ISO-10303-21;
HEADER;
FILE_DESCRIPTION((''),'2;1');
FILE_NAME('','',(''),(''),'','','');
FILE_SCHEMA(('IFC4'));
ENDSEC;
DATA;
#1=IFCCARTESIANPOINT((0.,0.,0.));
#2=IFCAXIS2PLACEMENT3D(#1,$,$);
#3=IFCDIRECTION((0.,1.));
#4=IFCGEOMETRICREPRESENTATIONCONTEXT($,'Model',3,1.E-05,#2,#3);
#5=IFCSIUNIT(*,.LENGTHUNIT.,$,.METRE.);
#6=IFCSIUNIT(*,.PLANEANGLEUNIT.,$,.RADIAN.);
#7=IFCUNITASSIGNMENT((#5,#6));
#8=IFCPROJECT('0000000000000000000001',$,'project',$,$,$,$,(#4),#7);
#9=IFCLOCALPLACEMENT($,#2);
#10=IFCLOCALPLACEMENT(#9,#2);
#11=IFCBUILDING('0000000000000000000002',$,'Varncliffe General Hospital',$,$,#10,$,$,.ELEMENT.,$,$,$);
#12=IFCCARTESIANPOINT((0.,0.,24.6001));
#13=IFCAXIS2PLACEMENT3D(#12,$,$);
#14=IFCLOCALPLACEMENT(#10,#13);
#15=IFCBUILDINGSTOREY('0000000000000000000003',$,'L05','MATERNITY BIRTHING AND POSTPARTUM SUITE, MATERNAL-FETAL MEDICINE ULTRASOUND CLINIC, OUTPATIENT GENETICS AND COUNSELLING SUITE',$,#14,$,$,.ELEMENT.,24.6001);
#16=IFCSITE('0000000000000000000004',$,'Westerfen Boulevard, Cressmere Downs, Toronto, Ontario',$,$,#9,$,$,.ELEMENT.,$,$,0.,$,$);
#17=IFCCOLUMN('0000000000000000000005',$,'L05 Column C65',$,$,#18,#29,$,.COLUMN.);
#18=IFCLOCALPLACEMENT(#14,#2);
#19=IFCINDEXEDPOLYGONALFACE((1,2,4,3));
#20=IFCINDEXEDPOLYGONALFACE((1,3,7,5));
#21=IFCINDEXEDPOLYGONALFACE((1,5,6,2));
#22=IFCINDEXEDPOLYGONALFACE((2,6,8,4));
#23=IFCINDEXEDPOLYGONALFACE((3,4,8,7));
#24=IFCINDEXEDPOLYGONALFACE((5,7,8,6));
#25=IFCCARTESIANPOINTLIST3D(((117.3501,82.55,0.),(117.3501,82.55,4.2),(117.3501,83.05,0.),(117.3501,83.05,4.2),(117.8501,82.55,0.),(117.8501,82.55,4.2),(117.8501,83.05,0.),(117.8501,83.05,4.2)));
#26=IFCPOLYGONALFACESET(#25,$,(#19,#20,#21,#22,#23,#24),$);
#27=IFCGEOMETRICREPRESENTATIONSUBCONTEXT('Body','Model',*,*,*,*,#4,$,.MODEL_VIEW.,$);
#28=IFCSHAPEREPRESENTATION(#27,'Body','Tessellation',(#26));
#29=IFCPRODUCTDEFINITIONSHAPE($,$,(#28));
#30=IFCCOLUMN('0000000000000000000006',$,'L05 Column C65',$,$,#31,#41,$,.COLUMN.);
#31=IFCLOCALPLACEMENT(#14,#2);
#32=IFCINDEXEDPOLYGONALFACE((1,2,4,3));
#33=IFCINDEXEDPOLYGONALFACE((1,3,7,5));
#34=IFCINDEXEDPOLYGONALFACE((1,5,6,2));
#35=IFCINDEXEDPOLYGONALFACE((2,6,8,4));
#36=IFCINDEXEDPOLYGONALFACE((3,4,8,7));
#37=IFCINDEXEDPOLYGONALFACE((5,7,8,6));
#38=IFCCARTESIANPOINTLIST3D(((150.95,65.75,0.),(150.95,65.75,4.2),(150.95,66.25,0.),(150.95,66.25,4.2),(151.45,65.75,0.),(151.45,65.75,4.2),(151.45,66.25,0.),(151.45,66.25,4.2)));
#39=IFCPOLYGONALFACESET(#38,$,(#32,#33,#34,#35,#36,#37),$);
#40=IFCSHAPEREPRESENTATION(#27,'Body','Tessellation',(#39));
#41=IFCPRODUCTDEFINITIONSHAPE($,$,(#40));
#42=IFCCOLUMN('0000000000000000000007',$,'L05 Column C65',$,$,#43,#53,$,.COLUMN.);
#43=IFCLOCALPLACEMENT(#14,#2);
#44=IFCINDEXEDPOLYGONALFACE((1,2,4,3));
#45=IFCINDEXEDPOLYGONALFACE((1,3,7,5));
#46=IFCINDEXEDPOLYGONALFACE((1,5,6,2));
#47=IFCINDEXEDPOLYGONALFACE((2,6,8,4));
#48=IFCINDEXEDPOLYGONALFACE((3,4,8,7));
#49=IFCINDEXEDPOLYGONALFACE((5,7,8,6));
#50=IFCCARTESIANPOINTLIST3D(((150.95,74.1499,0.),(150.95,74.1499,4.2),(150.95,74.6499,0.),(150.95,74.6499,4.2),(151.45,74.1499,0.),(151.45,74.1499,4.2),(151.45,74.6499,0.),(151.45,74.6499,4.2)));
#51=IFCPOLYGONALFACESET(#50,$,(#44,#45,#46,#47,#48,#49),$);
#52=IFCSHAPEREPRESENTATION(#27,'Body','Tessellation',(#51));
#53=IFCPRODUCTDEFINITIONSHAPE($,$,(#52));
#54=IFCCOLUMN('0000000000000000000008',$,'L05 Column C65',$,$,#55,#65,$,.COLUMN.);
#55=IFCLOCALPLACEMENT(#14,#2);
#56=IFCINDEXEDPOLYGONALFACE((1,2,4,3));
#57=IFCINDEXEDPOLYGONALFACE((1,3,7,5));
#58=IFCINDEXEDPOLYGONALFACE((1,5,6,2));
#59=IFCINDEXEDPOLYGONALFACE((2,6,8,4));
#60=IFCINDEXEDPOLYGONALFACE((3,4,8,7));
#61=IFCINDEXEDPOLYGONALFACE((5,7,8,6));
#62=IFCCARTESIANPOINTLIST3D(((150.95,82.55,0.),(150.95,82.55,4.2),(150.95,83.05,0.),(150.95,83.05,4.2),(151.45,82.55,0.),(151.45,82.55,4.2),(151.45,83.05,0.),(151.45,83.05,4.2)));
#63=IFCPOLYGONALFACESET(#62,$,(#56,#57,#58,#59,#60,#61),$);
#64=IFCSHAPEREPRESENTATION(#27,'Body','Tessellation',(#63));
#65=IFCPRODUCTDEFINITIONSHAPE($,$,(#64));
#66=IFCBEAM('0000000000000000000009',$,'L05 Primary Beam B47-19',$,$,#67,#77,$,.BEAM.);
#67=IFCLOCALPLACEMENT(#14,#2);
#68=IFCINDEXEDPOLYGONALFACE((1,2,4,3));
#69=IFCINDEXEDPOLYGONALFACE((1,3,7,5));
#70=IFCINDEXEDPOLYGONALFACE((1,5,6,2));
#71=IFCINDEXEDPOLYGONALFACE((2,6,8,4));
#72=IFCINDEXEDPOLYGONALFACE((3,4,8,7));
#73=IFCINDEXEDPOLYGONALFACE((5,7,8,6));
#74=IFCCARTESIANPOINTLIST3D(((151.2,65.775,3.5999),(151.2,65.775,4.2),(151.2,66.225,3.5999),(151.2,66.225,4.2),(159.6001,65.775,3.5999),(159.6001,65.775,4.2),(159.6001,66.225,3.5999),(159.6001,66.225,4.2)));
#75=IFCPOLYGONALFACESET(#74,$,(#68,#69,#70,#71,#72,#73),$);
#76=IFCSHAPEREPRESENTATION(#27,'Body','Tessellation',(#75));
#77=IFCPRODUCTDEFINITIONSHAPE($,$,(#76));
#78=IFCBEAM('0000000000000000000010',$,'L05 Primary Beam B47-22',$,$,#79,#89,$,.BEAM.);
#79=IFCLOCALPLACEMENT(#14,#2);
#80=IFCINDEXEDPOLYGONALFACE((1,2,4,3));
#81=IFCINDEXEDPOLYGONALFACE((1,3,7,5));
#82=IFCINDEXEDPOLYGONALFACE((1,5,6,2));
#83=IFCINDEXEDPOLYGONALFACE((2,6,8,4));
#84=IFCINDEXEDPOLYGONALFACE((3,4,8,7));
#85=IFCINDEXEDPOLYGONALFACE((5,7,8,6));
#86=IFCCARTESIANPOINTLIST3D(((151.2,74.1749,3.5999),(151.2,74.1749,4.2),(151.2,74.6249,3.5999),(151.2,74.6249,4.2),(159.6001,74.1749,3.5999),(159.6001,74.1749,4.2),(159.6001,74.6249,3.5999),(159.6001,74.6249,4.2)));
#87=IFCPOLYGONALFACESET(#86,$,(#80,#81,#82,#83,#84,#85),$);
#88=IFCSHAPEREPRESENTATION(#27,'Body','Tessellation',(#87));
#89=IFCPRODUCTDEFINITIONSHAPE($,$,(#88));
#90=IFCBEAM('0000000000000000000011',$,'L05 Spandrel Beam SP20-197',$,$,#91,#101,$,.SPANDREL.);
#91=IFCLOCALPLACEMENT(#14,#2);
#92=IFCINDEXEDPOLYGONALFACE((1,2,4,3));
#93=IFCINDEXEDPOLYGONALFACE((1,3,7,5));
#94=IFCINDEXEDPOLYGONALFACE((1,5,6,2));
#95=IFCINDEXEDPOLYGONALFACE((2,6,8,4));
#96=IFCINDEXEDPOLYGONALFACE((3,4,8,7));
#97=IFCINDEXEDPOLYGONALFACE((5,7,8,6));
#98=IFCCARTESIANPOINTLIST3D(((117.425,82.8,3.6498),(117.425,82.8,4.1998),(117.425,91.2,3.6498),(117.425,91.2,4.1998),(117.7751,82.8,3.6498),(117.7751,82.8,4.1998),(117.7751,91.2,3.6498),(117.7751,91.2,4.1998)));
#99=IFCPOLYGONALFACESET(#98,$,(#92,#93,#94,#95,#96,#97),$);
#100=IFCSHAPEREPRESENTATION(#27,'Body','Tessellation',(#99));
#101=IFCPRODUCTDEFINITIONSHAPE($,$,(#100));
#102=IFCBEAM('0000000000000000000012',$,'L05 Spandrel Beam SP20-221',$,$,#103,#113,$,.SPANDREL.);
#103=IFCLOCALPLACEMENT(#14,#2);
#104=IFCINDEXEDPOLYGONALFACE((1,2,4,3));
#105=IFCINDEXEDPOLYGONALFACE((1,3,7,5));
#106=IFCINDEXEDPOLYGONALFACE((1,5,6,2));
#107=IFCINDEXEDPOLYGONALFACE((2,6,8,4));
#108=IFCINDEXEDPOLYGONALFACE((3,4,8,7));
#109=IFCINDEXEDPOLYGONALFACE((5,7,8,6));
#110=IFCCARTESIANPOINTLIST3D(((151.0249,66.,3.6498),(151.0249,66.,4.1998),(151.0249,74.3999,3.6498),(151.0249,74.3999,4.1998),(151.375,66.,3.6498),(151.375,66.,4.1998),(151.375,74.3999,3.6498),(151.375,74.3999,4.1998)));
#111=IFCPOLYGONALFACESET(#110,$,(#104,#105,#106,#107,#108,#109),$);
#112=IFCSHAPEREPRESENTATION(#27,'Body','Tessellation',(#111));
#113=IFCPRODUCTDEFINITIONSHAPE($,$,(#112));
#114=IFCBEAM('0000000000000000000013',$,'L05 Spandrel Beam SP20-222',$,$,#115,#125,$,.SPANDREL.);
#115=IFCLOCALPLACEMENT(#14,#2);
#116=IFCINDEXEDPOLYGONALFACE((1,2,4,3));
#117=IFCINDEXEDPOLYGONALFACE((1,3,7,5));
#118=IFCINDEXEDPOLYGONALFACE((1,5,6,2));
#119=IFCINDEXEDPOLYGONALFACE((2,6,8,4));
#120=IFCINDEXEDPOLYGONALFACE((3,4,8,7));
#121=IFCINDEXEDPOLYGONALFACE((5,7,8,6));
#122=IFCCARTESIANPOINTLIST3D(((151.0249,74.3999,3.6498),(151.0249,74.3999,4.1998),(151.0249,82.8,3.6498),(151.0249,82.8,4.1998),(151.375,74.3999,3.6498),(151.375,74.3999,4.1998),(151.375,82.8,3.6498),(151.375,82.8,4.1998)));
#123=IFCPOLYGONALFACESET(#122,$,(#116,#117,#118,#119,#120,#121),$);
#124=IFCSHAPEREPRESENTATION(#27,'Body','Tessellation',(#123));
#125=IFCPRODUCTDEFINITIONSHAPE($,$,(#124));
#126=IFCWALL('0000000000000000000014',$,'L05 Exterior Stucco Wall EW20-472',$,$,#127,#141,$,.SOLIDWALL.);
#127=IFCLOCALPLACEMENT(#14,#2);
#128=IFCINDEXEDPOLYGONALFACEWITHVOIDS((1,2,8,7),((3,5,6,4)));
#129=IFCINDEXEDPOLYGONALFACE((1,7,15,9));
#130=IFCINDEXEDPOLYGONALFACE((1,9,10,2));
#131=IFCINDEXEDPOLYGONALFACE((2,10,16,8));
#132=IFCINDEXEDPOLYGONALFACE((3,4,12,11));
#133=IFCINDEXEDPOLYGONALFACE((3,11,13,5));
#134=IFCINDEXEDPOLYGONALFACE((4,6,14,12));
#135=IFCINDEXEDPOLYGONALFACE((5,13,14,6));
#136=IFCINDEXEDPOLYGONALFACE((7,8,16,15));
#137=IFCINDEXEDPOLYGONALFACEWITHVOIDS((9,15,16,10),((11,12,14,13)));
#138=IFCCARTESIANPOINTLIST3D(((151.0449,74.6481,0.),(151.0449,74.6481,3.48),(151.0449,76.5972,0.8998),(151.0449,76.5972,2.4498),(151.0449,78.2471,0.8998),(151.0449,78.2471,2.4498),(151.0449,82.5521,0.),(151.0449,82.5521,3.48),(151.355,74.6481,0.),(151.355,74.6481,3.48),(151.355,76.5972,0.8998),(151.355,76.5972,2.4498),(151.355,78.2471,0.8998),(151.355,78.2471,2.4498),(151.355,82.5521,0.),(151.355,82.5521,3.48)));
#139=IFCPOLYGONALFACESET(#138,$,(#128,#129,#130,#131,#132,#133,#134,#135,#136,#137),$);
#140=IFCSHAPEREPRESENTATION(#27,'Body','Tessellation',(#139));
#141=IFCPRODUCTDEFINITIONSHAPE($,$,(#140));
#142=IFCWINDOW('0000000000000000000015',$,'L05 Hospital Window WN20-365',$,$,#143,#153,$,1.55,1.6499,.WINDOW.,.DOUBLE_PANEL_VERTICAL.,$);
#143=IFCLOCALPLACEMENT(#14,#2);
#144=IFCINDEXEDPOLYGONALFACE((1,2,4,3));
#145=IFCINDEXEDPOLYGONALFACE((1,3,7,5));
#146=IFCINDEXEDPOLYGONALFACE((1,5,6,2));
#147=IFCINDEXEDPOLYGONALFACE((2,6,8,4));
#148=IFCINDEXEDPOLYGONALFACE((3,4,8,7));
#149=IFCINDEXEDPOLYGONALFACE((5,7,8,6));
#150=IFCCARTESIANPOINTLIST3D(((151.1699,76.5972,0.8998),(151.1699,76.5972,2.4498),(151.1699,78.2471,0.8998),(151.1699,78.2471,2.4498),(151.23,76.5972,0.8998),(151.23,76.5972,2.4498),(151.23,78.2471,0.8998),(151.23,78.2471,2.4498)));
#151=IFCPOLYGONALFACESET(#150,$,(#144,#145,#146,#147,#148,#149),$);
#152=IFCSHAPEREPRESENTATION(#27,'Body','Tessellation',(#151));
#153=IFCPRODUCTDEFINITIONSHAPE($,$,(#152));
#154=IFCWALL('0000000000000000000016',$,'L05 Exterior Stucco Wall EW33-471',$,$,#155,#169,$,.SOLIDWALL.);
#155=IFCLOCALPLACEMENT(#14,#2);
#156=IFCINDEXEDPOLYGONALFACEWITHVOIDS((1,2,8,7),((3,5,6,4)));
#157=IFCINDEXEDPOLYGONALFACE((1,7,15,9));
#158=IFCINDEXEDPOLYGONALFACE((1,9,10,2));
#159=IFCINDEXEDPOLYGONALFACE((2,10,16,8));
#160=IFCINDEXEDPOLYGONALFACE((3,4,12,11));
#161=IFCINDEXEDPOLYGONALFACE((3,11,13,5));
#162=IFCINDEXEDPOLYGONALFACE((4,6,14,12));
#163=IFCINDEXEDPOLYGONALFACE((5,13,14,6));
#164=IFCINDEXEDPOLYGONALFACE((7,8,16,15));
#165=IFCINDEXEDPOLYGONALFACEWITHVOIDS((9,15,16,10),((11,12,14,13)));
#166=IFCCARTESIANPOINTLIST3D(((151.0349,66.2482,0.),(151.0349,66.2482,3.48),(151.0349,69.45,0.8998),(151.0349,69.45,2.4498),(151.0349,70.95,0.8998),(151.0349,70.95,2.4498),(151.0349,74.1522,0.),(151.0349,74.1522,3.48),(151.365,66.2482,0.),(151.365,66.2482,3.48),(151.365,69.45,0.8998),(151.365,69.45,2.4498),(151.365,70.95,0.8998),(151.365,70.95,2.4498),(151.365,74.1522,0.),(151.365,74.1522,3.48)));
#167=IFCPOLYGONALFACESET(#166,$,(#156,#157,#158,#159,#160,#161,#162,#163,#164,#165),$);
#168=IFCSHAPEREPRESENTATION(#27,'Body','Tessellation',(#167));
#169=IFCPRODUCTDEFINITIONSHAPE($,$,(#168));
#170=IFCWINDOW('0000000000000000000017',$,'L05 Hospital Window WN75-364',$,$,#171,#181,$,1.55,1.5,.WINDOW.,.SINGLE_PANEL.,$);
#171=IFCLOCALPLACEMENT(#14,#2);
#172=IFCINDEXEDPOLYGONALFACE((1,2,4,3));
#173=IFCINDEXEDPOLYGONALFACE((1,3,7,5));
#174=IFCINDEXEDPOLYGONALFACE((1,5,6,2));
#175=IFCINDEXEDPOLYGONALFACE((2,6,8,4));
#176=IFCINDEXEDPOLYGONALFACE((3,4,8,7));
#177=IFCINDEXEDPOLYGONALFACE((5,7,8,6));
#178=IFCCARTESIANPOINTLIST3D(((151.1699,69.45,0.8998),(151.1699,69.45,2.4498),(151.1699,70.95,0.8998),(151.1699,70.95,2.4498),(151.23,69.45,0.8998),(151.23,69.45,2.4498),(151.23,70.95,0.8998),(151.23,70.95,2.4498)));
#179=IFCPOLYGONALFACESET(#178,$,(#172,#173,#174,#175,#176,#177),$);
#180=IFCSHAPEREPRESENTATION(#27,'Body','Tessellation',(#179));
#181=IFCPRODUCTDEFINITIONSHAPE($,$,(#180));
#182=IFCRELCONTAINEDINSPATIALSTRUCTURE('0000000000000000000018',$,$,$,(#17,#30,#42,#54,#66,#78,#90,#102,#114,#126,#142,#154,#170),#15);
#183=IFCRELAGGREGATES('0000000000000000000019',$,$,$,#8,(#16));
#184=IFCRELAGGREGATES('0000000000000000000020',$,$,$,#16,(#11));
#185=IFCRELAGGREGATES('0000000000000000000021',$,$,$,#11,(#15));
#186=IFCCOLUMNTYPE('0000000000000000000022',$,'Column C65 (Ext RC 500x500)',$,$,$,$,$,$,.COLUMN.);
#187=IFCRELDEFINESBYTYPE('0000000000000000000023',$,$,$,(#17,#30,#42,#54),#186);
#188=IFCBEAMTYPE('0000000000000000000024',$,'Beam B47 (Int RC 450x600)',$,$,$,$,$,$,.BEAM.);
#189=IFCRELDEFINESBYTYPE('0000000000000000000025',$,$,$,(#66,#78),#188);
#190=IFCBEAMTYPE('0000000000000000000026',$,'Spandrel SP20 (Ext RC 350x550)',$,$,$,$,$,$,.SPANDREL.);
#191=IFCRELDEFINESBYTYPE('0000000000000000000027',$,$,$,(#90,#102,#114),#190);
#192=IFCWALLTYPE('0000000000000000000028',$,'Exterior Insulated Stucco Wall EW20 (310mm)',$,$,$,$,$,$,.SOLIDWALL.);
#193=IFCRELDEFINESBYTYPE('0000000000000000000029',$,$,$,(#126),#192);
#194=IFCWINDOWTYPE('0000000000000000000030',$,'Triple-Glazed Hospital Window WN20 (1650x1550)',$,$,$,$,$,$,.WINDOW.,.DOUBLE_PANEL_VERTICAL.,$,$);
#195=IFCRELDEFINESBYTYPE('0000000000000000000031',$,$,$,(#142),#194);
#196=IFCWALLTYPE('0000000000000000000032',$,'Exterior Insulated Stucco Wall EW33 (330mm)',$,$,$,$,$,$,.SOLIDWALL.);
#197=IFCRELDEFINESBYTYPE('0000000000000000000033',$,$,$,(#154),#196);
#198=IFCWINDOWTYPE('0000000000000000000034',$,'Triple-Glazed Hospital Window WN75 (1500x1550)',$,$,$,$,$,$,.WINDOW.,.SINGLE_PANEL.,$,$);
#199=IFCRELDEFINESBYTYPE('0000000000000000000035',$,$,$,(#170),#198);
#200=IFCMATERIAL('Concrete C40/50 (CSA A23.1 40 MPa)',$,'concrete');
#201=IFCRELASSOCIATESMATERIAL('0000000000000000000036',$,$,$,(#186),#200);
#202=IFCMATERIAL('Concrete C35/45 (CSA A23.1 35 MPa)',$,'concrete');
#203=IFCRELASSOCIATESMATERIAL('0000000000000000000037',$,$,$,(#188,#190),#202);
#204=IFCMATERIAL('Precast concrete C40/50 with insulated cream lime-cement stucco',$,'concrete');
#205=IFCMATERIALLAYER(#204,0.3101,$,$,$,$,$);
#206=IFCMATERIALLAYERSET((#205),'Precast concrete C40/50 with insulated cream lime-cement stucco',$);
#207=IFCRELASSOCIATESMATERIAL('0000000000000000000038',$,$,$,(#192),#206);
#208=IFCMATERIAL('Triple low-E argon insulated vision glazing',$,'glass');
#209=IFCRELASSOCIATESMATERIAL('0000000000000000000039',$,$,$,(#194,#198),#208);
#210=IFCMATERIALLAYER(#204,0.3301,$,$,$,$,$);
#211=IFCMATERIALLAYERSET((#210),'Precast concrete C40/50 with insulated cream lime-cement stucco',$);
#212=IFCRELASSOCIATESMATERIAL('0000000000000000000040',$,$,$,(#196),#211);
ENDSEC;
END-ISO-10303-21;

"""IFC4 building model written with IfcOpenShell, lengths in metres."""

from ifc_helpers import new_model, si_unit, direction, frame, frame_2d, origin, origin_2d, place, context, subcontext, project, spatial, rectangle, extrude, material, layer, layer_set, material_profile, profile_set, type_object, element, fill, save


model = new_model("IFC4")

# Units and contexts
model_context = context("Model", 3, precision=1e-05, world=origin(), true_north=direction((0.0, 1.0)))
body_context = subcontext(model_context, "Body", "Model", "MODEL_VIEW")
ifc_project = project(units=[si_unit("LENGTHUNIT", "METRE"), si_unit("PLANEANGLEUNIT", "RADIAN")], contexts=[model_context])

# Site, building, storey
site_placement = place(None, origin())
site = spatial("IfcSite", under=ifc_project, at=site_placement, Name="Westerfen Boulevard, Cressmere Downs, Toronto, Ontario", CompositionType="ELEMENT", RefElevation=0.0)
building_placement = place(site_placement, origin())
building = spatial("IfcBuilding", under=site, at=building_placement, Name="Varncliffe General Hospital", CompositionType="ELEMENT")
storey_placement = place(building_placement, frame((0.0, 0.0, 24.6001)))
storey = spatial("IfcBuildingStorey", under=building, at=storey_placement, Name="L05", Description="MATERNITY BIRTHING AND POSTPARTUM SUITE, MATERNAL-FETAL MEDICINE ULTRASOUND CLINIC, OUTPATIENT GENETICS AND COUNSELLING SUITE", CompositionType="ELEMENT", Elevation=24.6001)

# Columns
ifc_material_1 = material(Name="Concrete C40/50 (CSA A23.1 40 MPa)", Category="concrete")
ifc_material_profile_1 = material_profile(ifc_material_1, rectangle(XDim=0.5, YDim=0.5, at=origin_2d()), Name="RC 500x500")
ifc_profile_set_1 = profile_set([ifc_material_profile_1], Name="Concrete C40/50 (CSA A23.1 40 MPa)")
column_type = type_object("IfcColumnType", Name="Column C65 (Ext RC 500x500)", PredefinedType="COLUMN", material=ifc_profile_set_1)
for number, where, z_axis, x_axis, name in (
    (1, (117.6001, 82.8, 0.0), (0.0, 0.0, 1.0), (1.0, 0.0, 0.0), "L05 Column C65"),
    (2, (151.2, 66.0, 0.0), (0.0, 0.0, 1.0), (1.0, 0.0, 0.0), "L05 Column C65"),
    (3, (151.2, 74.3999, 0.0), (0.0, 0.0, 1.0), (1.0, 0.0, 0.0), "L05 Column C65"),
    (4, (151.2, 82.8, 0.0), (0.0, 0.0, 1.0), (1.0, 0.0, 0.0), "L05 Column C65"),
):
    element("IfcColumn", number, at=place(storey_placement, frame(where, z_axis=z_axis, x_axis=x_axis)), inside=storey, type_object=column_type, Name=name, PredefinedType="COLUMN", context=body_context, shape_type="SweptSolid", body=[
        extrude(rectangle(XDim=0.5, YDim=0.5, at=origin_2d()), origin(), (0.0, 0.0, 1.0), 4.2),
    ])

# Beams
ifc_material_2 = material(Name="Concrete C35/45 (CSA A23.1 35 MPa)", Category="concrete")
ifc_material_profile_2 = material_profile(ifc_material_2, rectangle(XDim=0.45, YDim=0.6001, at=origin_2d()), Name="RC 450x600")
ifc_profile_set_2 = profile_set([ifc_material_profile_2], Name="Concrete C35/45 (CSA A23.1 35 MPa)")
beam_type_1 = type_object("IfcBeamType", Name="Beam B47 (Int RC 450x600)", PredefinedType="BEAM", material=ifc_profile_set_2)
for number, where, z_axis, x_axis, name in (
    (5, (151.2, 66.0, 3.8999), (1.0, 0.0, 0.0), (0.0, 1.0, 0.0), "L05 Primary Beam B47-19"),
    (6, (151.2, 74.3999, 3.8999), (1.0, 0.0, 0.0), (0.0, 1.0, 0.0), "L05 Primary Beam B47-22"),
):
    element("IfcBeam", number, at=place(storey_placement, frame(where, z_axis=z_axis, x_axis=x_axis)), inside=storey, type_object=beam_type_1, Name=name, PredefinedType="BEAM", context=body_context, shape_type="SweptSolid", body=[
        extrude(rectangle(XDim=0.45, YDim=0.6001, at=origin_2d()), origin(), (0.0, 0.0, 1.0), 8.4001),
    ])
ifc_material_profile_3 = material_profile(ifc_material_2, rectangle(XDim=0.3501, YDim=0.55, at=origin_2d()), Name="RC 350x550")
ifc_profile_set_3 = profile_set([ifc_material_profile_3], Name="Concrete C35/45 (CSA A23.1 35 MPa)")
beam_type_2 = type_object("IfcBeamType", Name="Spandrel SP20 (Ext RC 350x550)", PredefinedType="SPANDREL", material=ifc_profile_set_3)
for number, where, z_axis, x_axis, name in (
    (7, (117.6001, 82.8, 3.9248), (0.0, 1.0, 0.0), (-1.0, 0.0, 0.0), "L05 Spandrel Beam SP20-197"),
    (8, (151.2, 66.0, 3.9248), (0.0, 1.0, 0.0), (-1.0, 0.0, 0.0), "L05 Spandrel Beam SP20-221"),
):
    element("IfcBeam", number, at=place(storey_placement, frame(where, z_axis=z_axis, x_axis=x_axis)), inside=storey, type_object=beam_type_2, Name=name, PredefinedType="SPANDREL", context=body_context, shape_type="SweptSolid", body=[
        extrude(rectangle(XDim=0.3501, YDim=0.55, at=origin_2d()), origin(), (0.0, 0.0, 1.0), 8.3999),
    ])
beam_placement = place(storey_placement, frame((151.2, 74.3999, 3.9248), z_axis=(0.0, 1.0, 0.0), x_axis=(-1.0, 0.0, 0.0)))
element("IfcBeam", 9, at=beam_placement, inside=storey, type_object=beam_type_2, Name="L05 Spandrel Beam SP20-222", PredefinedType="SPANDREL", context=body_context, shape_type="SweptSolid", body=[
    extrude(rectangle(XDim=0.3501, YDim=0.55, at=origin_2d()), origin(), (0.0, 0.0, 1.0), 8.4001),
])

# Walls, openings, windows
ifc_material_3 = material(Name="Precast concrete C40/50 with insulated cream lime-cement stucco", Category="concrete")
ifc_layer_1 = layer(ifc_material_3, 0.3101)
ifc_layer_set_1 = layer_set([ifc_layer_1], Name="Precast concrete C40/50 with insulated cream lime-cement stucco")
wall_type_1 = type_object("IfcWallType", Name="Exterior Insulated Stucco Wall EW20 (310mm)", PredefinedType="SOLIDWALL", material=ifc_layer_set_1)
wall_1_placement = place(storey_placement, frame((151.2, 74.6479, 0.0), z_axis=(0.0, 0.0, 1.0), x_axis=(0.0, 1.0, 0.0)))
wall_1 = element("IfcWall", 10, at=wall_1_placement, inside=storey, type_object=wall_type_1, Name="L05 Exterior Stucco Wall EW20-472", PredefinedType="SOLIDWALL", context=body_context, shape_type="SweptSolid", body=[
    extrude(rectangle(XDim=7.9041, YDim=0.3101, at=frame_2d((3.9521, 0.0))), origin(), (0.0, 0.0, 1.0), 3.48),
])
opening_1_placement = place(wall_1_placement, frame((1.9492, 0.0, 0.8999)))
opening_1 = element("IfcOpeningElement", 11, at=opening_1_placement, cuts=wall_1, PredefinedType="OPENING", context=body_context, shape_type="SweptSolid", body=[
    extrude(rectangle(XDim=1.6499, YDim=1.55, at=frame_2d((0.825, 0.7749))), frame((0.0, 0.165, 0.0), z_axis=(0.0, -1.0, 0.0), x_axis=(1.0, 0.0, 0.0)), (0.0, 0.0, 1.0), 0.3301),
])
ifc_material_4 = material(Name="Triple low-E argon insulated vision glazing", Category="glass")
window_type_1 = type_object("IfcWindowType", Name="Triple-Glazed Hospital Window WN20 (1650x1550)", PartitioningType="DOUBLE_PANEL_VERTICAL", PredefinedType="WINDOW", material=ifc_material_4)
window_1_placement = place(opening_1_placement, origin())
window_1 = element("IfcWindow", 12, at=window_1_placement, inside=storey, type_object=window_type_1, Name="L05 Hospital Window WN20-365", OverallHeight=1.55, OverallWidth=1.6499, PartitioningType="DOUBLE_PANEL_VERTICAL", PredefinedType="WINDOW", context=body_context, shape_type="SweptSolid", body=[
    extrude(rectangle(XDim=1.6499, YDim=1.55, at=frame_2d((0.825, 0.7749))), frame((0.0, 0.03, 0.0), z_axis=(0.0, -1.0, 0.0), x_axis=(1.0, 0.0, 0.0)), (0.0, 0.0, 1.0), 0.0601),
])
fill(opening_1, window_1)
ifc_layer_2 = layer(ifc_material_3, 0.3301)
ifc_layer_set_2 = layer_set([ifc_layer_2], Name="Precast concrete C40/50 with insulated cream lime-cement stucco")
wall_type_2 = type_object("IfcWallType", Name="Exterior Insulated Stucco Wall EW33 (330mm)", PredefinedType="SOLIDWALL", material=ifc_layer_set_2)
wall_2_placement = place(storey_placement, frame((151.2, 66.248, 0.0), z_axis=(0.0, 0.0, 1.0), x_axis=(0.0, 1.0, 0.0)))
wall_2 = element("IfcWall", 13, at=wall_2_placement, inside=storey, type_object=wall_type_2, Name="L05 Exterior Stucco Wall EW33-471", PredefinedType="SOLIDWALL", context=body_context, shape_type="SweptSolid", body=[
    extrude(rectangle(XDim=7.9041, YDim=0.3301, at=frame_2d((3.9521, 0.0))), origin(), (0.0, 0.0, 1.0), 3.48),
])
opening_2_placement = place(wall_2_placement, frame((3.2019, 0.0, 0.8999)))
opening_2 = element("IfcOpeningElement", 14, at=opening_2_placement, cuts=wall_2, PredefinedType="OPENING", context=body_context, shape_type="SweptSolid", body=[
    extrude(rectangle(XDim=1.5, YDim=1.55, at=frame_2d((0.75, 0.7749))), frame((0.0, 0.175, 0.0), z_axis=(0.0, -1.0, 0.0), x_axis=(1.0, 0.0, 0.0)), (0.0, 0.0, 1.0), 0.3501),
])
window_type_2 = type_object("IfcWindowType", Name="Triple-Glazed Hospital Window WN75 (1500x1550)", PartitioningType="SINGLE_PANEL", PredefinedType="WINDOW", material=ifc_material_4)
window_2_placement = place(opening_2_placement, origin())
window_2 = element("IfcWindow", 15, at=window_2_placement, inside=storey, type_object=window_type_2, Name="L05 Hospital Window WN75-364", OverallHeight=1.55, OverallWidth=1.5, PartitioningType="SINGLE_PANEL", PredefinedType="WINDOW", context=body_context, shape_type="SweptSolid", body=[
    extrude(rectangle(XDim=1.5, YDim=1.55, at=frame_2d((0.75, 0.7749))), frame((0.0, 0.03, 0.0), z_axis=(0.0, -1.0, 0.0), x_axis=(1.0, 0.0, 0.0)), (0.0, 0.0, 1.0), 0.0601),
])
fill(opening_2, window_2)

save(model, "model.ifc")
